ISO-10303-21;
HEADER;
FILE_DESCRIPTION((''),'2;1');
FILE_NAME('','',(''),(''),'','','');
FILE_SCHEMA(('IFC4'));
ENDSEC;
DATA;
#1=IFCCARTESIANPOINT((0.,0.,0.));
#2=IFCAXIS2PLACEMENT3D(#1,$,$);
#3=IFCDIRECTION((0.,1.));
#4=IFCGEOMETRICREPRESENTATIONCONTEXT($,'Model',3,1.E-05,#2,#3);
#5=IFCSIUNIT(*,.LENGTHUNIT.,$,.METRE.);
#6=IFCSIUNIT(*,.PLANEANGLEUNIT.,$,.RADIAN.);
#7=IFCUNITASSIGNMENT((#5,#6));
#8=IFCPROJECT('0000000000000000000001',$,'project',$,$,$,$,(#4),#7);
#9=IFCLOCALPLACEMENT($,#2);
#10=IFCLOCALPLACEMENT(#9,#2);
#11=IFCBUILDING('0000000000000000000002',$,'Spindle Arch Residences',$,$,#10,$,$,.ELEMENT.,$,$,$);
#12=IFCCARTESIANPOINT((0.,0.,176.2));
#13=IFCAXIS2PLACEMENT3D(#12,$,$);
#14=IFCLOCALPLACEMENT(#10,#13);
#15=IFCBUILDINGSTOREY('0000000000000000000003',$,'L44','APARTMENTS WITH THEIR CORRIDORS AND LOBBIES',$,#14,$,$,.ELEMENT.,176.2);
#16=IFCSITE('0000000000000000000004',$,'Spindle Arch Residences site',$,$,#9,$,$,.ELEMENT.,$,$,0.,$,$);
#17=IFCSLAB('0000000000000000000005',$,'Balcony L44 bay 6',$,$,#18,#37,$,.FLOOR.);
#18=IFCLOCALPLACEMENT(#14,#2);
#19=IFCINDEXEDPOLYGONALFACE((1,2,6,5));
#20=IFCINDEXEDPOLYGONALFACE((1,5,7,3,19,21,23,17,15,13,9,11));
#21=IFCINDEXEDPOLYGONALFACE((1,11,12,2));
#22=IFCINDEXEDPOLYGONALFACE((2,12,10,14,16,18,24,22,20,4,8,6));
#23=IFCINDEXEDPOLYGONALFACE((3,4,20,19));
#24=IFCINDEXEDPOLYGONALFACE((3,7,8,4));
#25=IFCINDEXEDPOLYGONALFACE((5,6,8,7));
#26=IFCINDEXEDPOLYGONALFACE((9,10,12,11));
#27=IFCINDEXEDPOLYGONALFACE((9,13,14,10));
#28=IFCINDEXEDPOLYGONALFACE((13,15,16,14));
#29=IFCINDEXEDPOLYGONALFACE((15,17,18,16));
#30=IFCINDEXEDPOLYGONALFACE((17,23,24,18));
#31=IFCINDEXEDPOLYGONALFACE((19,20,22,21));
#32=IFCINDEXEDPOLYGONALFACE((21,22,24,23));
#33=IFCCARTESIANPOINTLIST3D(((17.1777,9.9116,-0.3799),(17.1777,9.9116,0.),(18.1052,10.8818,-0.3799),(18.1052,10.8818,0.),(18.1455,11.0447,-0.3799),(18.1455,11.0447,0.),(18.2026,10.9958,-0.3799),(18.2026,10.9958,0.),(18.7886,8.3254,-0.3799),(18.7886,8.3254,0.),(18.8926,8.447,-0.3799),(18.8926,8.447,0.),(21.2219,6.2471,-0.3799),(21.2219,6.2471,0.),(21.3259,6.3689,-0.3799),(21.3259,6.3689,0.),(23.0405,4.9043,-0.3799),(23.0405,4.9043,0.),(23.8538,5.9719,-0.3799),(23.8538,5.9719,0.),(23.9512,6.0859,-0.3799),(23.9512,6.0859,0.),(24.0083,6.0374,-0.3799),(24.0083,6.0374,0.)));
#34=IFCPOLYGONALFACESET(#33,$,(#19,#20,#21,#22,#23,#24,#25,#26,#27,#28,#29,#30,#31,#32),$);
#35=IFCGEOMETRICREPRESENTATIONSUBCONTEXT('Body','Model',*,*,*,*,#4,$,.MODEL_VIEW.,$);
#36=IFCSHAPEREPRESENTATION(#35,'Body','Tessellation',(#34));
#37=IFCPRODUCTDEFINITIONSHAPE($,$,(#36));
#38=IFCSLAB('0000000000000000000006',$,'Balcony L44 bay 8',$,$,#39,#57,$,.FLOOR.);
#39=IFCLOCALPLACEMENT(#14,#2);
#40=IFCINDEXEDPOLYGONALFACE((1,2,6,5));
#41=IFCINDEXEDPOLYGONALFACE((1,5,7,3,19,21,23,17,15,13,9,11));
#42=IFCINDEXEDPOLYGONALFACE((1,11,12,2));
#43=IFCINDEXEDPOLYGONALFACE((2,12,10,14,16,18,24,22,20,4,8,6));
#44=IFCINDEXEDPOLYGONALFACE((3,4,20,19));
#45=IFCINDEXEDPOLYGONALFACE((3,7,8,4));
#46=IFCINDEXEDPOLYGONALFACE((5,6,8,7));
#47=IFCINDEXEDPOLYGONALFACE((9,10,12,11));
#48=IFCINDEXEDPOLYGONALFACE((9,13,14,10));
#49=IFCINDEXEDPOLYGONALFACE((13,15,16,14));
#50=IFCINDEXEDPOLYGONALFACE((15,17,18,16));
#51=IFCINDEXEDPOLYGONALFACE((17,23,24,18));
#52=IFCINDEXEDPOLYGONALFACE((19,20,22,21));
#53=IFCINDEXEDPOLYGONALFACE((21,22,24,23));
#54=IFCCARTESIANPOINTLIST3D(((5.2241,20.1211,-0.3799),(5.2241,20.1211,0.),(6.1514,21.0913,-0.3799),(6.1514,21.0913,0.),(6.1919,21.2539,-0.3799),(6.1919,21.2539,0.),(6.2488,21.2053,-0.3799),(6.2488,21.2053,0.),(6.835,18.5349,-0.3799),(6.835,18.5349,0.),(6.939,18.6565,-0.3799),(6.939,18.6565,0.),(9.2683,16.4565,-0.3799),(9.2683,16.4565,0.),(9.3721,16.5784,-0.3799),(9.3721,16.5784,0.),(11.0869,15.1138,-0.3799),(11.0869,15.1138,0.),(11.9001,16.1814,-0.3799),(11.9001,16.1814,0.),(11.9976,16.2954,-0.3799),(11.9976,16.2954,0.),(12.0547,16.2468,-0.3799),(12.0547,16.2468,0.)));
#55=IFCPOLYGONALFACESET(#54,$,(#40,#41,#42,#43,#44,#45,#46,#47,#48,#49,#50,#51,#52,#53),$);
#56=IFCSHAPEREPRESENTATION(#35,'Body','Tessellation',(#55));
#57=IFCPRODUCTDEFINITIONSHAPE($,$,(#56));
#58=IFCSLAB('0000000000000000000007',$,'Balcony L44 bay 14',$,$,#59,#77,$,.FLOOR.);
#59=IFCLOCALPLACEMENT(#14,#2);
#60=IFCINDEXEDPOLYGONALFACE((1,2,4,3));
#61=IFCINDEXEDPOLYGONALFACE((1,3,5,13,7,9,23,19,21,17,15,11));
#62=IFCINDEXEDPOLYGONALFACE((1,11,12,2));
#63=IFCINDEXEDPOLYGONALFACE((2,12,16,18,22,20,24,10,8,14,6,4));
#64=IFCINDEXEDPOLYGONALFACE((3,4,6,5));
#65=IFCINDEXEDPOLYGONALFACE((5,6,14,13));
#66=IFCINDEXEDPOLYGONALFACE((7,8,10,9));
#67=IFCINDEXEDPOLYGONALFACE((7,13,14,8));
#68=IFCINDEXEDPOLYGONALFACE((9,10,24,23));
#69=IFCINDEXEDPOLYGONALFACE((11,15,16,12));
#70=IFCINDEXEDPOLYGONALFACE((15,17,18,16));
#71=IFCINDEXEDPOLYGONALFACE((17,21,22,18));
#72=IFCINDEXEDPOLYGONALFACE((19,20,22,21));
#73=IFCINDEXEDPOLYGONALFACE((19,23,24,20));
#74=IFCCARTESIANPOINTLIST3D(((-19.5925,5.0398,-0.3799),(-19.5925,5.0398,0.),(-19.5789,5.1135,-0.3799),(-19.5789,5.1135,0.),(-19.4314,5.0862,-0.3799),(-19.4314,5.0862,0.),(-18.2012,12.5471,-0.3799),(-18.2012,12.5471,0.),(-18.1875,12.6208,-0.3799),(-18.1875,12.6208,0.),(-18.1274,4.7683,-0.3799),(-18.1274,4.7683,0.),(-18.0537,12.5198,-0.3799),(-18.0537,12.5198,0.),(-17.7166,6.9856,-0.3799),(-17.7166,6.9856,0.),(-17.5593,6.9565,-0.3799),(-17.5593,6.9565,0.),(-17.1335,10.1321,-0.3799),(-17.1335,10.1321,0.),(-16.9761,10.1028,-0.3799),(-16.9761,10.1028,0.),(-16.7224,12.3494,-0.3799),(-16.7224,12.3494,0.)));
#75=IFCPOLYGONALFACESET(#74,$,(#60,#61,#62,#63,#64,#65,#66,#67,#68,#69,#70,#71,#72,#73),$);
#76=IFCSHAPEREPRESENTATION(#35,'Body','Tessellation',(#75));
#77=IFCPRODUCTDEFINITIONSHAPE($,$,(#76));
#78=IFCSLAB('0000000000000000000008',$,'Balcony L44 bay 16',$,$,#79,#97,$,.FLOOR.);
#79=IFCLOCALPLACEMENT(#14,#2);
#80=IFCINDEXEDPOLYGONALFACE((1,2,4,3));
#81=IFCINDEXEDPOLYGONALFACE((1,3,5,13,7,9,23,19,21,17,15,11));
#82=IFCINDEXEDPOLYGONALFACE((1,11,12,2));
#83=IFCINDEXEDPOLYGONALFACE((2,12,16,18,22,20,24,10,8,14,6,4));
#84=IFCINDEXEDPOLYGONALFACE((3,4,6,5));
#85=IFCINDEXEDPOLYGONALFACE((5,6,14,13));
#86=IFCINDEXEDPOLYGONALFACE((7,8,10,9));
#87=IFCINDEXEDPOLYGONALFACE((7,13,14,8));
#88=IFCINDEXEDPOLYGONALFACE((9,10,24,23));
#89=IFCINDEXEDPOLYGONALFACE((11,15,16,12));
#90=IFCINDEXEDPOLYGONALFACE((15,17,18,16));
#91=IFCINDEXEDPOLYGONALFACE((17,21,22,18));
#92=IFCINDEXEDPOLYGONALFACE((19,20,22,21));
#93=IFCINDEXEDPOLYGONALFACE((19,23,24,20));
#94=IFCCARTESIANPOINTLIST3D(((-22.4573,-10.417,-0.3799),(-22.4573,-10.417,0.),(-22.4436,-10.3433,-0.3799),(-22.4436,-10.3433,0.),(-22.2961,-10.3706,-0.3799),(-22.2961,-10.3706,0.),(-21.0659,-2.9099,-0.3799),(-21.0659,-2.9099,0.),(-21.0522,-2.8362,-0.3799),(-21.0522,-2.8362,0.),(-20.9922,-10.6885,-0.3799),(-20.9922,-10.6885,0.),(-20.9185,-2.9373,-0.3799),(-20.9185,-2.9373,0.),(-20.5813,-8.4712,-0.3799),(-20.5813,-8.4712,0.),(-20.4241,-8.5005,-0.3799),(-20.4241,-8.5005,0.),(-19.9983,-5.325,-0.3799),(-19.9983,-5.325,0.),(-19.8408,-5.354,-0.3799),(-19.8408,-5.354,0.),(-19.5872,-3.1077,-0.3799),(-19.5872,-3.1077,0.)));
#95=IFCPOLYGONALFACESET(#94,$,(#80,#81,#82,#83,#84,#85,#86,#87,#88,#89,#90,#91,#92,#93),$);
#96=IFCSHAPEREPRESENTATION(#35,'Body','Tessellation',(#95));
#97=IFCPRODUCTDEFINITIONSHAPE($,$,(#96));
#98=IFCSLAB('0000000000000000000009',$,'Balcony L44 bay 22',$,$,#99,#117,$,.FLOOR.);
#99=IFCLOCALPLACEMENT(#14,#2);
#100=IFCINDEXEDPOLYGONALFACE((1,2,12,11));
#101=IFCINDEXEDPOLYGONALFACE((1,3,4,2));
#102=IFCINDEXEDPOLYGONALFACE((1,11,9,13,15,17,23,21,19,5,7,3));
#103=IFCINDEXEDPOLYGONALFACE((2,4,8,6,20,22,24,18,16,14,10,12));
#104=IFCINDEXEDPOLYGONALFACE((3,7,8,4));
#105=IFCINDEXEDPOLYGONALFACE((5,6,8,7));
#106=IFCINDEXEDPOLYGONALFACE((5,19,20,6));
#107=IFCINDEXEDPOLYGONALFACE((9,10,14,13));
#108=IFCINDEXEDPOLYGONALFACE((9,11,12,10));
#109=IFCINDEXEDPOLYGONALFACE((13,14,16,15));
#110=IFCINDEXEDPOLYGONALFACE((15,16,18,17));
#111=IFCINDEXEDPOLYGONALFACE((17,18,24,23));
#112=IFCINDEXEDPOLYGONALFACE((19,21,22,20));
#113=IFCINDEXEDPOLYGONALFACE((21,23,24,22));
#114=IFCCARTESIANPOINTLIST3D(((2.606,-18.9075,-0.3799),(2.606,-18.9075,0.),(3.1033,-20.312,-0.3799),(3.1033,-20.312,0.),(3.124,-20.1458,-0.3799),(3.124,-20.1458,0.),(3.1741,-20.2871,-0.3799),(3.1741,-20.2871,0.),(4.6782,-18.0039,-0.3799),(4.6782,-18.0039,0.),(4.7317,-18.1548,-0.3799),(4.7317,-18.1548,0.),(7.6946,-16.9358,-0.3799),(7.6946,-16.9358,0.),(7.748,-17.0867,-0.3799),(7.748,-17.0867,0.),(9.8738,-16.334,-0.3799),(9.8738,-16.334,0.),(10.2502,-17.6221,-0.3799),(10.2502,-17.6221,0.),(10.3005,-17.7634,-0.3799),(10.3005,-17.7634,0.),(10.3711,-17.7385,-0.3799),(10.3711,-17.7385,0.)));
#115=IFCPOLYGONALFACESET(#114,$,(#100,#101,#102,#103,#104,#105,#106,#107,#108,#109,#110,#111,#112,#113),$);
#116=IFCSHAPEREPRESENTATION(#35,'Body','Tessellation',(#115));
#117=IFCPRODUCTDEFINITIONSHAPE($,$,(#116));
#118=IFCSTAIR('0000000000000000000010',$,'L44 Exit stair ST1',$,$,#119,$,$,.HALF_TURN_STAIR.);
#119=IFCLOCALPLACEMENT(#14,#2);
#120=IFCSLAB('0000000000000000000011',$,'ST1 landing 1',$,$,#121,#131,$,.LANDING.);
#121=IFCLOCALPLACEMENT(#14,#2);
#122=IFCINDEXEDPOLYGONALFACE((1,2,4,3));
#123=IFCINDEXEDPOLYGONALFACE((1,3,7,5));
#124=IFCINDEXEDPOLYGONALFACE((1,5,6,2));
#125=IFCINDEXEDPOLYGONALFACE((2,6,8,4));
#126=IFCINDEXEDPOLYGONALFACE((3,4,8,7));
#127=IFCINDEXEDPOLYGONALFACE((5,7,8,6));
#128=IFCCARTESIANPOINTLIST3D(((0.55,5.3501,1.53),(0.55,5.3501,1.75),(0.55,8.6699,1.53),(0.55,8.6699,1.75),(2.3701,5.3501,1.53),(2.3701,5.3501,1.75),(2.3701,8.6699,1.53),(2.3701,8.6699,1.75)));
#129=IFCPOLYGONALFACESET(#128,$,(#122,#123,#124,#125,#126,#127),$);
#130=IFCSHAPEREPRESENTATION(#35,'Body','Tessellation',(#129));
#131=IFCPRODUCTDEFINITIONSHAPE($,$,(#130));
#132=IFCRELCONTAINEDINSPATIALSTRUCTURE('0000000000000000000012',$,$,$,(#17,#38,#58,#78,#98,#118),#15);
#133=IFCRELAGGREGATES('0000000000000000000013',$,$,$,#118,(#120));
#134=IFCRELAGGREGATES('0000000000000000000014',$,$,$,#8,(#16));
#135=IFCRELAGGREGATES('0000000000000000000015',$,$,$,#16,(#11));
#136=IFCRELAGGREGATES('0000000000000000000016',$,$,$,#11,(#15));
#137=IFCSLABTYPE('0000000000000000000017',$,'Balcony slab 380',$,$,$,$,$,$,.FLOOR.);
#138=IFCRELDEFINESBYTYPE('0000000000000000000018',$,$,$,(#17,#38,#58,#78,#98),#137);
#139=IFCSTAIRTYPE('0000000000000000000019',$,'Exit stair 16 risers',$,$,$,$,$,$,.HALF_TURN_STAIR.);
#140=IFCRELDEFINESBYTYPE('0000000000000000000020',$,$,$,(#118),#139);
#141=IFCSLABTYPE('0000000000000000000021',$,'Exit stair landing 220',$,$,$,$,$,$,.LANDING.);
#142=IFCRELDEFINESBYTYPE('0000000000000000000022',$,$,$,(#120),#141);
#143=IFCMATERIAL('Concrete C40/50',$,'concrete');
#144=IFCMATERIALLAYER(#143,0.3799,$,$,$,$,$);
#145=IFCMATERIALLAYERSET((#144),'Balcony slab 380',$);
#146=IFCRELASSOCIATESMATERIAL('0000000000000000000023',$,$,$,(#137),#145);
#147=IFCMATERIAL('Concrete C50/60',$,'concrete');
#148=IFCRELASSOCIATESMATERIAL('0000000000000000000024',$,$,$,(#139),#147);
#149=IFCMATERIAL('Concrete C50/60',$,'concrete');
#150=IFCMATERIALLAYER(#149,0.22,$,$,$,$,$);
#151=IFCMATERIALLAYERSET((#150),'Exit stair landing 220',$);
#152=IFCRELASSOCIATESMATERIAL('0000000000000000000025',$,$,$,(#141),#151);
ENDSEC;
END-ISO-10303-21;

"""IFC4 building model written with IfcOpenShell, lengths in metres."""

from ifc_helpers import new_model, si_unit, direction, frame, origin, place, context, subcontext, project, spatial, polyline, outline, extrude, material, layer, layer_set, type_object, element, aggregate, save


model = new_model("IFC4")

# Units and contexts
model_context = context("Model", 3, precision=1e-05, world=origin(), true_north=direction((0.0, 1.0)))
body_context = subcontext(model_context, "Body", "Model", "MODEL_VIEW")
ifc_project = project(units=[si_unit("LENGTHUNIT", "METRE"), si_unit("PLANEANGLEUNIT", "RADIAN")], contexts=[model_context])

# Site, building, storey
site_placement = place(None, origin())
site = spatial("IfcSite", under=ifc_project, at=site_placement, Name="Spindle Arch Residences site", CompositionType="ELEMENT", RefElevation=0.0)
building_placement = place(site_placement, origin())
building = spatial("IfcBuilding", under=site, at=building_placement, Name="Spindle Arch Residences", CompositionType="ELEMENT")
storey_placement = place(building_placement, frame((0.0, 0.0, 176.2)))
storey = spatial("IfcBuildingStorey", under=building, at=storey_placement, Name="L44", Description="APARTMENTS WITH THEIR CORRIDORS AND LOBBIES", CompositionType="ELEMENT", Elevation=176.2)

# Slabs
ifc_material_1 = material(Name="Concrete C40/50", Category="concrete")
ifc_layer_1 = layer(ifc_material_1, 0.3799)
ifc_layer_set_1 = layer_set([ifc_layer_1], Name="Balcony slab 380")
slab_type_1 = type_object("IfcSlabType", Name="Balcony slab 380", PredefinedType="FLOOR", material=ifc_layer_set_1)
slab_1_placement = place(storey_placement, frame((0.0, 0.0, -0.3799)))
element("IfcSlab", 1, at=slab_1_placement, inside=storey, type_object=slab_type_1, Name="Balcony L44 bay 6", PredefinedType="FLOOR", context=body_context, shape_type="SweptSolid", body=[
    extrude(outline(polyline([(24.0083, 6.0374), (23.9512, 6.0859), (23.8538, 5.9719), (18.1052, 10.8818), (18.2026, 10.9958), (18.1455, 11.0447), (17.1777, 9.9116), (18.8926, 8.447), (18.7886, 8.3254), (21.2219, 6.2471), (21.3259, 6.3689), (23.0405, 4.9043), (24.0083, 6.0374)])), origin(), (0.0, 0.0, 1.0), 0.3799),
])
slab_2_placement = place(storey_placement, frame((0.0, 0.0, -0.3799)))
element("IfcSlab", 2, at=slab_2_placement, inside=storey, type_object=slab_type_1, Name="Balcony L44 bay 8", PredefinedType="FLOOR", context=body_context, shape_type="SweptSolid", body=[
    extrude(outline(polyline([(12.0547, 16.2468), (11.9976, 16.2954), (11.9001, 16.1814), (6.1514, 21.0913), (6.2488, 21.2053), (6.1919, 21.2539), (5.2241, 20.1211), (6.939, 18.6565), (6.835, 18.5349), (9.2683, 16.4565), (9.3721, 16.5784), (11.0869, 15.1138), (12.0547, 16.2468)])), origin(), (0.0, 0.0, 1.0), 0.3799),
])
slab_3_placement = place(storey_placement, frame((0.0, 0.0, -0.3799)))
element("IfcSlab", 3, at=slab_3_placement, inside=storey, type_object=slab_type_1, Name="Balcony L44 bay 14", PredefinedType="FLOOR", context=body_context, shape_type="SweptSolid", body=[
    extrude(outline(polyline([(-18.1875, 12.6208), (-18.2012, 12.5471), (-18.0537, 12.5198), (-19.4314, 5.0862), (-19.5789, 5.1135), (-19.5925, 5.0398), (-18.1274, 4.7683), (-17.7166, 6.9856), (-17.5593, 6.9565), (-16.9761, 10.1028), (-17.1335, 10.1321), (-16.7224, 12.3494), (-18.1875, 12.6208)])), origin(), (0.0, 0.0, 1.0), 0.3799),
])
slab_4_placement = place(storey_placement, frame((0.0, 0.0, -0.3799)))
element("IfcSlab", 4, at=slab_4_placement, inside=storey, type_object=slab_type_1, Name="Balcony L44 bay 16", PredefinedType="FLOOR", context=body_context, shape_type="SweptSolid", body=[
    extrude(outline(polyline([(-21.0522, -2.8362), (-21.0659, -2.9099), (-20.9185, -2.9373), (-22.2961, -10.3706), (-22.4436, -10.3433), (-22.4573, -10.417), (-20.9922, -10.6885), (-20.5813, -8.4712), (-20.4241, -8.5005), (-19.8408, -5.354), (-19.9983, -5.325), (-19.5872, -3.1077), (-21.0522, -2.8362)])), origin(), (0.0, 0.0, 1.0), 0.3799),
])
slab_5_placement = place(storey_placement, frame((0.0, 0.0, -0.3799)))
element("IfcSlab", 5, at=slab_5_placement, inside=storey, type_object=slab_type_1, Name="Balcony L44 bay 22", PredefinedType="FLOOR", context=body_context, shape_type="SweptSolid", body=[
    extrude(outline(polyline([(3.1033, -20.312), (3.1741, -20.2871), (3.124, -20.1458), (10.2502, -17.6221), (10.3005, -17.7634), (10.3711, -17.7385), (9.8738, -16.334), (7.748, -17.0867), (7.6946, -16.9358), (4.6782, -18.0039), (4.7317, -18.1548), (2.606, -18.9075), (3.1033, -20.312)])), origin(), (0.0, 0.0, 1.0), 0.3799),
])

# Stair, slab
ifc_material_2 = material(Name="Concrete C50/60", Category="concrete")
stair_type = type_object("IfcStairType", Name="Exit stair 16 risers", PredefinedType="HALF_TURN_STAIR", material=ifc_material_2)
stair_1_placement = place(storey_placement, origin())
stair_1 = element("IfcStair", 6, at=stair_1_placement, inside=storey, type_object=stair_type, Name="L44 Exit stair ST1", PredefinedType="HALF_TURN_STAIR")
ifc_material_3 = material(Name="Concrete C50/60", Category="concrete")
ifc_layer_2 = layer(ifc_material_3, 0.22)
ifc_layer_set_2 = layer_set([ifc_layer_2], Name="Exit stair landing 220")
slab_type_2 = type_object("IfcSlabType", Name="Exit stair landing 220", PredefinedType="LANDING", material=ifc_layer_set_2)
slab_6_placement = place(storey_placement, frame((0.0, 0.0, 1.53)))
slab_6 = element("IfcSlab", 7, at=slab_6_placement, type_object=slab_type_2, Name="ST1 landing 1", PredefinedType="LANDING", context=body_context, shape_type="SweptSolid", body=[
    extrude(outline(polyline([(2.3701, 8.6699), (0.55, 8.6699), (0.55, 5.3501), (2.3701, 5.3501), (2.3701, 8.6699)])), origin(), (0.0, 0.0, 1.0), 0.22),
])
aggregate(stair_1, [slab_6])

save(model, "model.ifc")
